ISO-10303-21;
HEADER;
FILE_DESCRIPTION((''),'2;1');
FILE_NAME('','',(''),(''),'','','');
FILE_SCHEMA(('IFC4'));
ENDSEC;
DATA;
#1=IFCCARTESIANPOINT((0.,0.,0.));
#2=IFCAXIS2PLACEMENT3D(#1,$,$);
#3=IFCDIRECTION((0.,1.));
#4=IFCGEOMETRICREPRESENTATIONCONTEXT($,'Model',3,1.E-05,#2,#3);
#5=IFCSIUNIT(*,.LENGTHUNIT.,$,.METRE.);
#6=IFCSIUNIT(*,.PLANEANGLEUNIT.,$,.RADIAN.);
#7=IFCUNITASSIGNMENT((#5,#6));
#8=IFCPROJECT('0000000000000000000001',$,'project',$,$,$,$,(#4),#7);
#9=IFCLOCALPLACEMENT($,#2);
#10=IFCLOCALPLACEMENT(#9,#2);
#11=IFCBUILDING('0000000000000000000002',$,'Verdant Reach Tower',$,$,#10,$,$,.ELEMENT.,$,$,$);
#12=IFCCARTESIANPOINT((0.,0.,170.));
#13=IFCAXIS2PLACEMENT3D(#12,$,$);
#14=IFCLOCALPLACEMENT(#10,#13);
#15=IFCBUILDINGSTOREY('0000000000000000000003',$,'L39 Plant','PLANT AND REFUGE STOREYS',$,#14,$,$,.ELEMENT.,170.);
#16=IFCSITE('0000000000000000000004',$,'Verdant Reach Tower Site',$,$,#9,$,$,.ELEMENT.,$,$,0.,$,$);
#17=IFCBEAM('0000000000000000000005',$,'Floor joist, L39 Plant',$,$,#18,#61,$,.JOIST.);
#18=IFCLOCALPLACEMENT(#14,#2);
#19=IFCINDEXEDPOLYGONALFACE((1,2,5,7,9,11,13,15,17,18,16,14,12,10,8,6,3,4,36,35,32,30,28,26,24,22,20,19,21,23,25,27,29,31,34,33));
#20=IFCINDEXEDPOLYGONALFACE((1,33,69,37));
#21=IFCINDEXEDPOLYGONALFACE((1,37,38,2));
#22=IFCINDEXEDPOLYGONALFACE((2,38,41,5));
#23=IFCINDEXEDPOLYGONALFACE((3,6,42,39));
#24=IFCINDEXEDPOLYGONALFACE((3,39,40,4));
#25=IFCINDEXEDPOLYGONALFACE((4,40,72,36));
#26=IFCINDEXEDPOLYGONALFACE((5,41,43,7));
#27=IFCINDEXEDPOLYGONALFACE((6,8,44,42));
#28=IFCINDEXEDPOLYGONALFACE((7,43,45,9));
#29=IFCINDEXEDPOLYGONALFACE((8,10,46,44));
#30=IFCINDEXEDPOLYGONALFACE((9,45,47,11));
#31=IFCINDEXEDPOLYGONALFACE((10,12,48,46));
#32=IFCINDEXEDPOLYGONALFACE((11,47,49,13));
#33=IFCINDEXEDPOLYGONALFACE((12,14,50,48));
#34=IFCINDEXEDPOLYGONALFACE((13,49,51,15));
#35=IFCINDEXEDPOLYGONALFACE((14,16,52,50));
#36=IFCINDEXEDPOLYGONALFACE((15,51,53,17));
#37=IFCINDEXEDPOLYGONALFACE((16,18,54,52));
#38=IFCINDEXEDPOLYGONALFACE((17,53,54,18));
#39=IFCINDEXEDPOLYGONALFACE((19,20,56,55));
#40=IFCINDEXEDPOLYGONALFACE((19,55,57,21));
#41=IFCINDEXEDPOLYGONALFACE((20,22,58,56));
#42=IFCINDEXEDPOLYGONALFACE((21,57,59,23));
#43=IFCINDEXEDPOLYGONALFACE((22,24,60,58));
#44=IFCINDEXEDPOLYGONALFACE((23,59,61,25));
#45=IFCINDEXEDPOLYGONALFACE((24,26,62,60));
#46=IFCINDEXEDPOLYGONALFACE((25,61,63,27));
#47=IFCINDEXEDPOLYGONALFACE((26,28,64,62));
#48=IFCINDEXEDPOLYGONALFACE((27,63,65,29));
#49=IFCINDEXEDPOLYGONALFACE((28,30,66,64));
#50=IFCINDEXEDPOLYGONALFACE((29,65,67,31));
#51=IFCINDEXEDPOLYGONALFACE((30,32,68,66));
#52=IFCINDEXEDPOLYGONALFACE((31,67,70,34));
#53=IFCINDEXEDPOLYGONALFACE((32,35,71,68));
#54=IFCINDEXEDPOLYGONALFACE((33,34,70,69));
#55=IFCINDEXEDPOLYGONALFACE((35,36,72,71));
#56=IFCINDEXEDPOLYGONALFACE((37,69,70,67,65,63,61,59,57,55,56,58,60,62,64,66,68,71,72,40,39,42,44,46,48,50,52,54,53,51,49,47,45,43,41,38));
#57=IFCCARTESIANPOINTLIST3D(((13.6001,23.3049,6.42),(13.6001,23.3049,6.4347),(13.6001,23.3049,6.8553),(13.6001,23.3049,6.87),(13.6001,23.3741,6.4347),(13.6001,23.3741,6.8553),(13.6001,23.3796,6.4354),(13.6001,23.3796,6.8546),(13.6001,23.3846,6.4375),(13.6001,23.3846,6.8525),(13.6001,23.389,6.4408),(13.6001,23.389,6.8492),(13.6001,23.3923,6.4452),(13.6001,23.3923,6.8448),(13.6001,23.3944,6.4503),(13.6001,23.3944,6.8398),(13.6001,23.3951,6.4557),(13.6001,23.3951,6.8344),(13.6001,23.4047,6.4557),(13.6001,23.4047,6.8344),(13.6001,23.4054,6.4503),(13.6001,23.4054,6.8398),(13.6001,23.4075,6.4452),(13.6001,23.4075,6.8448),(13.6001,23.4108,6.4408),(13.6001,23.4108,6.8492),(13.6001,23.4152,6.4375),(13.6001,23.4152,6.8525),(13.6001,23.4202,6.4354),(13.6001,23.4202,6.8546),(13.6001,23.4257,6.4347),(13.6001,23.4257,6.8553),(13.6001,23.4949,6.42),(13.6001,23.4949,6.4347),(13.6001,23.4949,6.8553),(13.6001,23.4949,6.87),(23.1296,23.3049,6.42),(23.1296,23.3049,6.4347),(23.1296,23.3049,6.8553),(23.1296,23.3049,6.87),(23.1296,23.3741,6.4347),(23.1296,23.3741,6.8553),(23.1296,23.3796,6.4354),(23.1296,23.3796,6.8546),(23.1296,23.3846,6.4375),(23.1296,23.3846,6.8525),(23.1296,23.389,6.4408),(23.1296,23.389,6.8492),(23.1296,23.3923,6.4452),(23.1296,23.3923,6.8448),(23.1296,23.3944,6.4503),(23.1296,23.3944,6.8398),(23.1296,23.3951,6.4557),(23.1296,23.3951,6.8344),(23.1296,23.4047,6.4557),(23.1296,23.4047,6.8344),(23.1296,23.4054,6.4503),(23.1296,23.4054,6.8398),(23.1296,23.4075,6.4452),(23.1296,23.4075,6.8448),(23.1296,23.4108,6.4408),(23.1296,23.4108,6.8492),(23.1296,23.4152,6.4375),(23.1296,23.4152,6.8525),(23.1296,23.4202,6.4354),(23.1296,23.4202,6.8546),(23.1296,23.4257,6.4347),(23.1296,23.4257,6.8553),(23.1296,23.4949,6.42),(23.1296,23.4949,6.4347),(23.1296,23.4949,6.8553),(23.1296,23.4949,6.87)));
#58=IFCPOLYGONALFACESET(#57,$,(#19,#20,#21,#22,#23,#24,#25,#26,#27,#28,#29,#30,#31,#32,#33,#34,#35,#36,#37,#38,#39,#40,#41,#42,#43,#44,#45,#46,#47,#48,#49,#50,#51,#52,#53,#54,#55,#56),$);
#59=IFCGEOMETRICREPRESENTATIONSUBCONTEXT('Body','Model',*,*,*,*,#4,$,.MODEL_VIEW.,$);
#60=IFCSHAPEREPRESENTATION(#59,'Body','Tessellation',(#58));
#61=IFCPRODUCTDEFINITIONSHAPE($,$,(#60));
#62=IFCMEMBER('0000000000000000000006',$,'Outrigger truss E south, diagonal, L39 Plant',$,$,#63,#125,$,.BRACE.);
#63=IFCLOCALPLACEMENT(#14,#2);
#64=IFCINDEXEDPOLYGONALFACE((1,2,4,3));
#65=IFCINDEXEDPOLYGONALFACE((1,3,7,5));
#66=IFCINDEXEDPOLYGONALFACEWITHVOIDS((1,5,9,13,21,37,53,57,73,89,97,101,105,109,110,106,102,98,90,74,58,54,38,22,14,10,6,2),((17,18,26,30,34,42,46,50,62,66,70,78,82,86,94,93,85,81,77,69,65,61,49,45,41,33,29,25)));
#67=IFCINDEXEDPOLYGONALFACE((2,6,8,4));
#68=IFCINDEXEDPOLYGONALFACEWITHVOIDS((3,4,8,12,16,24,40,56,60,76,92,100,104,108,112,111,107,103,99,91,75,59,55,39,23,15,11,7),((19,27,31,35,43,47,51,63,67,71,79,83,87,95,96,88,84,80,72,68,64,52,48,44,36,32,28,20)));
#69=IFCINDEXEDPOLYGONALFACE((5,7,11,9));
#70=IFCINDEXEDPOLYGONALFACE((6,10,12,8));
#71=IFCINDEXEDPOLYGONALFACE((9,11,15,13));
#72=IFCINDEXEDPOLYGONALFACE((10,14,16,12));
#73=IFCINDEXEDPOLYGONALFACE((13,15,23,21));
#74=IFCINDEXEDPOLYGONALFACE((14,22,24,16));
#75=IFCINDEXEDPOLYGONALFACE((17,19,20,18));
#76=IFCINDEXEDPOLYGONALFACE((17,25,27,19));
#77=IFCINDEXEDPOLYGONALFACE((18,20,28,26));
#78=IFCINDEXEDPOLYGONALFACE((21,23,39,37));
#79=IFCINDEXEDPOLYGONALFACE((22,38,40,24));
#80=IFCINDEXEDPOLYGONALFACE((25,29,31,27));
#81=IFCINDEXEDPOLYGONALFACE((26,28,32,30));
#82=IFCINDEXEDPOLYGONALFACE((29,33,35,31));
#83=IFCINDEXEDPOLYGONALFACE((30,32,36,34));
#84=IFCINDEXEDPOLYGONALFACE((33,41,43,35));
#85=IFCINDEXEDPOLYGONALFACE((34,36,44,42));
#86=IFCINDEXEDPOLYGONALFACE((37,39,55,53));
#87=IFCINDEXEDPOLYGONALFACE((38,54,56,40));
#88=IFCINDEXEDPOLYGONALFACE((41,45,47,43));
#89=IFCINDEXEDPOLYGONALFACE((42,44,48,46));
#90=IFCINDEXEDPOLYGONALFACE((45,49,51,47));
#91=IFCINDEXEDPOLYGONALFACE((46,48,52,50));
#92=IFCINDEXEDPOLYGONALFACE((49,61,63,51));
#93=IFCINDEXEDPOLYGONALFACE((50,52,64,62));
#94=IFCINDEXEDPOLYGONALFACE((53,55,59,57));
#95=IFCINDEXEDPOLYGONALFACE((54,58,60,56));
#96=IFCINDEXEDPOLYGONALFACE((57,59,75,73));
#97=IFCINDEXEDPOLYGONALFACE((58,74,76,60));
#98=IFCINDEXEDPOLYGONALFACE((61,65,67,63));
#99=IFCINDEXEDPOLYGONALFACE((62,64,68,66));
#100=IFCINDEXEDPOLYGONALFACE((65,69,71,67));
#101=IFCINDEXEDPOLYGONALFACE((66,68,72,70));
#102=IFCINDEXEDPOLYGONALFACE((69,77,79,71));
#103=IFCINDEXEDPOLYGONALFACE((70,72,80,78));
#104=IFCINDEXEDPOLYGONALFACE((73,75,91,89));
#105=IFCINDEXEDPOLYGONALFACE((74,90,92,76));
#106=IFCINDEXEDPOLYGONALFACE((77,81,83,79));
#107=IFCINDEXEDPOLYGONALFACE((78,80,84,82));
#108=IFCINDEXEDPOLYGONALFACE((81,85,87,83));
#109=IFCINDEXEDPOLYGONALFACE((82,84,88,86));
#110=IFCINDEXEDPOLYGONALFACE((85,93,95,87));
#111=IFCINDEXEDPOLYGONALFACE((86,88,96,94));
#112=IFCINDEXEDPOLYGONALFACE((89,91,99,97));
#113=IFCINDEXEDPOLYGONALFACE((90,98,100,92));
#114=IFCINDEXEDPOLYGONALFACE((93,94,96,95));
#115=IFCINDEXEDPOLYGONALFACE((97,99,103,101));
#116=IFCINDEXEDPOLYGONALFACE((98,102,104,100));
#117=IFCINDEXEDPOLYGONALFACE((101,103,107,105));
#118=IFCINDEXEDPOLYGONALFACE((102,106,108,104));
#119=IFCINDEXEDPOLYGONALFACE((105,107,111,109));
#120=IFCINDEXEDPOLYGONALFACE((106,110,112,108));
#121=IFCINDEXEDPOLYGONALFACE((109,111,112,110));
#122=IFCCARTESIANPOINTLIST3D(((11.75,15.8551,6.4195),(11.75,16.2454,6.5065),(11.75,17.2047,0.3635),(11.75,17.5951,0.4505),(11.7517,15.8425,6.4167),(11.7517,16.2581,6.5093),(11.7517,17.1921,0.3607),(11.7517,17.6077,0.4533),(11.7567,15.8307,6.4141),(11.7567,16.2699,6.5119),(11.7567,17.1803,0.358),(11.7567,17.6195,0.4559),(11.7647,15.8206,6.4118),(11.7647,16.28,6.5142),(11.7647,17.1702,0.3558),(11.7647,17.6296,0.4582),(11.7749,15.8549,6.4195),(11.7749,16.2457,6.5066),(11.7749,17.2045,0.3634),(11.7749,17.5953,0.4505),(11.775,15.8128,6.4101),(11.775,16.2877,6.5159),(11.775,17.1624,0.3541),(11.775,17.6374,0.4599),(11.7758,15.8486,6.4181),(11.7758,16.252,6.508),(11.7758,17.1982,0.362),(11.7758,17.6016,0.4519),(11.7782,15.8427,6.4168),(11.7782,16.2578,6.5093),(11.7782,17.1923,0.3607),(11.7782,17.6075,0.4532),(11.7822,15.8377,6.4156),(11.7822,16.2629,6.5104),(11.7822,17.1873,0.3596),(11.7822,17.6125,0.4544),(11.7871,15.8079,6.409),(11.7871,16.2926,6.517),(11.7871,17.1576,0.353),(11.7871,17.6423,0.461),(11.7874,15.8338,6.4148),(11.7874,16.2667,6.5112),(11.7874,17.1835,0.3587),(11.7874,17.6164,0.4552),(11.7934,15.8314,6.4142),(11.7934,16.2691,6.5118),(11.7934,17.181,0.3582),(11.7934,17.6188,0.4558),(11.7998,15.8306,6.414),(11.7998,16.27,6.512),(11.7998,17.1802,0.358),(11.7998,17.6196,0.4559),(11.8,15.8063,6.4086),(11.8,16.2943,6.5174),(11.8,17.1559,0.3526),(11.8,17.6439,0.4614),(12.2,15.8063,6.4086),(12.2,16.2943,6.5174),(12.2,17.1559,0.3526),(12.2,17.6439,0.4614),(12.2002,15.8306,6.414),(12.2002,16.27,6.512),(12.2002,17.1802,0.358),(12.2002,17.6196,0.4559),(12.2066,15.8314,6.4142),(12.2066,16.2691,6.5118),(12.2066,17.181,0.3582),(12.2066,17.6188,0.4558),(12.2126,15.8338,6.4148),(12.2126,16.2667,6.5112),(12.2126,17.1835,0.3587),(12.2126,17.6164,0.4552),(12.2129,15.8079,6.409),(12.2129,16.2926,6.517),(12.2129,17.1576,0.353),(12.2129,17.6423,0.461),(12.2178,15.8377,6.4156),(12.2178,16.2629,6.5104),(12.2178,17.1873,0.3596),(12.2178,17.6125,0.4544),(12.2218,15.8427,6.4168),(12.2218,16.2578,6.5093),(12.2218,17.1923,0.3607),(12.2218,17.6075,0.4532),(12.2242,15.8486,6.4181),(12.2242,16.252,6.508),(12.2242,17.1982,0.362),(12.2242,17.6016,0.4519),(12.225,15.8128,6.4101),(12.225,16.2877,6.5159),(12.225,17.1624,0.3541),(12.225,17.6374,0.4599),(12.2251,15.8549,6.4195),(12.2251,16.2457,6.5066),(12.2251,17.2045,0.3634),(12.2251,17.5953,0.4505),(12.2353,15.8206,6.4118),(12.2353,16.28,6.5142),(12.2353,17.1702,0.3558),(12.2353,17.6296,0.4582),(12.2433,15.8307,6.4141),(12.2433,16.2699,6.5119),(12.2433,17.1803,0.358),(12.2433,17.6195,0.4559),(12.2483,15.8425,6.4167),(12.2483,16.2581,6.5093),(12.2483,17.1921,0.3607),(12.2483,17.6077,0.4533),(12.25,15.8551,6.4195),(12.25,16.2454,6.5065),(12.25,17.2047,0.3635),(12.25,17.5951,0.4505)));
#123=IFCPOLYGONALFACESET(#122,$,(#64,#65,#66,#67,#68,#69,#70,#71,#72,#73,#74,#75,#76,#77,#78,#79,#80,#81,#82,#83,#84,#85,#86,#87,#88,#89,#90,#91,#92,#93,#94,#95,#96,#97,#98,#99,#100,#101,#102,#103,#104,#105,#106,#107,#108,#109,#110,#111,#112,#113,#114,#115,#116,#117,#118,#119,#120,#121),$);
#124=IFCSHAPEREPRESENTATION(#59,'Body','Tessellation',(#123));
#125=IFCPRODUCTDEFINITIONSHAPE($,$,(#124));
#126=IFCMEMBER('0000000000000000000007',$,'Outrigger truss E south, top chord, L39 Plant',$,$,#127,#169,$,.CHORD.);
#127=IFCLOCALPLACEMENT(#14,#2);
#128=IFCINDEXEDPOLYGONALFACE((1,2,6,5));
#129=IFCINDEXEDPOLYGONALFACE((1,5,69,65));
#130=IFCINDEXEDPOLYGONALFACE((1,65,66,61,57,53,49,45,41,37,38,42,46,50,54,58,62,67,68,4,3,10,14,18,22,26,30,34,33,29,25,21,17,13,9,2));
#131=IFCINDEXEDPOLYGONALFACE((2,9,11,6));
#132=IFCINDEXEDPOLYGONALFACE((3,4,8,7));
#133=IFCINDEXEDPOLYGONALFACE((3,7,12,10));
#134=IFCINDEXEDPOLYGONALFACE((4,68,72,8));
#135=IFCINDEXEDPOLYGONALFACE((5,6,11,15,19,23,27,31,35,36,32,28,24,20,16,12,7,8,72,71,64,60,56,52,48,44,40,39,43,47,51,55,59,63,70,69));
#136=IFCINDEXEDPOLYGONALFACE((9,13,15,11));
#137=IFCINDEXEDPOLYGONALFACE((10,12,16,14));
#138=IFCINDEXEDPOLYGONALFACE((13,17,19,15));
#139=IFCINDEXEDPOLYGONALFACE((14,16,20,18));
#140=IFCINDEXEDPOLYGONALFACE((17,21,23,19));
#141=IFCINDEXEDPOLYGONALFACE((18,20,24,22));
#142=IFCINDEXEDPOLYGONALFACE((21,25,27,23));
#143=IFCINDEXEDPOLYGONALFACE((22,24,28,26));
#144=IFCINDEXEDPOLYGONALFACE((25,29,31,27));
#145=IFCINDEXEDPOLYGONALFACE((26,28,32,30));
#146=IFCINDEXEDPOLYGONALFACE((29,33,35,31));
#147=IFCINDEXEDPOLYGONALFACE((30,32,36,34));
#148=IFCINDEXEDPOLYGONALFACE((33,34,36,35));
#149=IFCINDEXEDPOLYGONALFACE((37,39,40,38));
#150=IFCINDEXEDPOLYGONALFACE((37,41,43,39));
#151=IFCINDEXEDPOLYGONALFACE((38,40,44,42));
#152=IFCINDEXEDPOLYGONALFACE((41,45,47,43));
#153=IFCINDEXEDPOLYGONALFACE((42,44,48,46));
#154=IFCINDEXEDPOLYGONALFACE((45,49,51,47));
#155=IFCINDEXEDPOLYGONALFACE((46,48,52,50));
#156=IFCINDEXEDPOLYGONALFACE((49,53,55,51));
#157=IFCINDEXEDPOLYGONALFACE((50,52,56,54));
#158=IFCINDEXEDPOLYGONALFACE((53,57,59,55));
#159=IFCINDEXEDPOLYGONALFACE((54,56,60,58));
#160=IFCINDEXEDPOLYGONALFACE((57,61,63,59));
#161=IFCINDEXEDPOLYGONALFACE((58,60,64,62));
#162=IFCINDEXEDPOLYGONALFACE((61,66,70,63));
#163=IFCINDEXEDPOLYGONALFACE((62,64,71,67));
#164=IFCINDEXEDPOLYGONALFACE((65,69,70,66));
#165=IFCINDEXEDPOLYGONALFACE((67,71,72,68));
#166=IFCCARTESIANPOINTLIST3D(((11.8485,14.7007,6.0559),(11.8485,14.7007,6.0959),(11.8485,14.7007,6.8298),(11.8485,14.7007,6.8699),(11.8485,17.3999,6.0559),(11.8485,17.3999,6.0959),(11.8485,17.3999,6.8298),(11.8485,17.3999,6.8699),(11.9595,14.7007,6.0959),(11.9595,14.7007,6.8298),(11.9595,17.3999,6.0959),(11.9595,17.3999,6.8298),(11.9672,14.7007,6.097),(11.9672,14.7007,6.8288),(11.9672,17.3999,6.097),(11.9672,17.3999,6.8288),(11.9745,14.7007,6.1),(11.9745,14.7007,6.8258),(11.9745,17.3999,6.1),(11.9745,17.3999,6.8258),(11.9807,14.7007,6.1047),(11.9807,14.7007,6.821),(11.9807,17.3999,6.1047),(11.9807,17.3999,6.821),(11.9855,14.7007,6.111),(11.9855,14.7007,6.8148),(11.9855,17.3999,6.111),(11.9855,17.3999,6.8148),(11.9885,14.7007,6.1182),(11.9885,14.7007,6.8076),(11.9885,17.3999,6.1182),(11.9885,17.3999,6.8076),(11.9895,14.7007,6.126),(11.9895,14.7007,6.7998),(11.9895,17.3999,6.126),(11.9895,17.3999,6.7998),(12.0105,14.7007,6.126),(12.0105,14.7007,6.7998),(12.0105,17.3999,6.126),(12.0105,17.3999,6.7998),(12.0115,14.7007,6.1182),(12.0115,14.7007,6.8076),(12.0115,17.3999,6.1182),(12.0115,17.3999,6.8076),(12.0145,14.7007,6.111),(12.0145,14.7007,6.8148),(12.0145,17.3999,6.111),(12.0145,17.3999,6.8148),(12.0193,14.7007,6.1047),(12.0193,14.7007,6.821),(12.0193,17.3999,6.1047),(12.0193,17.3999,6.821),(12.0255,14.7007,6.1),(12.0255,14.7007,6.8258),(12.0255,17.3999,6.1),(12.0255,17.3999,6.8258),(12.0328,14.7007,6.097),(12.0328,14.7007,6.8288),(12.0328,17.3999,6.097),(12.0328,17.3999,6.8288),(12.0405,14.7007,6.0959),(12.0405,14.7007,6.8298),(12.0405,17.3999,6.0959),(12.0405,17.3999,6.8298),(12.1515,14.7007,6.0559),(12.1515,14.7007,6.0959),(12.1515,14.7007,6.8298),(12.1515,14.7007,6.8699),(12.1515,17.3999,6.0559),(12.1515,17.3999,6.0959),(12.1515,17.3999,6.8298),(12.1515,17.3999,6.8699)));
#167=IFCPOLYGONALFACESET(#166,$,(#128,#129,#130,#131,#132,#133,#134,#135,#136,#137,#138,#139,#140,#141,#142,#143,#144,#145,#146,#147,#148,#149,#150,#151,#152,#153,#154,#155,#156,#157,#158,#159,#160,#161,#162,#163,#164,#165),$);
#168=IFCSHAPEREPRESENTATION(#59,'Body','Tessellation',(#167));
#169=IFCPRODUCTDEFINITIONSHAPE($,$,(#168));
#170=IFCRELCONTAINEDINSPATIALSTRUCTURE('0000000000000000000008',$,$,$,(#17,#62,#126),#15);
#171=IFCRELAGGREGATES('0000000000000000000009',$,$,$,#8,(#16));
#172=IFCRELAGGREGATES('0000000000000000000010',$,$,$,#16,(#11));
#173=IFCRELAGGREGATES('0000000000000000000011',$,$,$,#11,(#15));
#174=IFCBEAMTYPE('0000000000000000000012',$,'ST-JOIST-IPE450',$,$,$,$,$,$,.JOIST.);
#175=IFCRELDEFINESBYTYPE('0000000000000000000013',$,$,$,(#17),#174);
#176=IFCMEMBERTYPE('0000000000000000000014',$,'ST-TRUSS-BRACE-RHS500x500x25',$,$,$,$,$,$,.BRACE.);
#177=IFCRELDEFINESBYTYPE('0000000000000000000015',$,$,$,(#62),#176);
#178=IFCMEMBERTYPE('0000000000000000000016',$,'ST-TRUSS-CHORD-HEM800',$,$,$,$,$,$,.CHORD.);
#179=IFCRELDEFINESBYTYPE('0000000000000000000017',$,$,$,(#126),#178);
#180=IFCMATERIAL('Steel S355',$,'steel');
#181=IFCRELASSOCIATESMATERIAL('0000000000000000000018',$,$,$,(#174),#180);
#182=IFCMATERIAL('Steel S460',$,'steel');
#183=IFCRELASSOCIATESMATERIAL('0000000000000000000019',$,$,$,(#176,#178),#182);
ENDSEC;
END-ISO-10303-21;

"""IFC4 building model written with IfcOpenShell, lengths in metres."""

from ifc_helpers import new_model, si_unit, direction, frame, origin, origin_2d, place, context, subcontext, project, spatial, hollow_rectangle, i_section, extrude, material, material_profile, profile_set, type_object, element, save


model = new_model("IFC4")

# Units and contexts
model_context = context("Model", 3, precision=1e-05, world=origin(), true_north=direction((0.0, 1.0)))
body_context = subcontext(model_context, "Body", "Model", "MODEL_VIEW")
ifc_project = project(units=[si_unit("LENGTHUNIT", "METRE"), si_unit("PLANEANGLEUNIT", "RADIAN")], contexts=[model_context])

# Site, building, storey
site_placement = place(None, origin())
site = spatial("IfcSite", under=ifc_project, at=site_placement, Name="Verdant Reach Tower Site", CompositionType="ELEMENT", RefElevation=0.0)
building_placement = place(site_placement, origin())
building = spatial("IfcBuilding", under=site, at=building_placement, Name="Verdant Reach Tower", CompositionType="ELEMENT")
storey_placement = place(building_placement, frame((0.0, 0.0, 170.0)))
storey = spatial("IfcBuildingStorey", under=building, at=storey_placement, Name="L39 Plant", Description="PLANT AND REFUGE STOREYS", CompositionType="ELEMENT", Elevation=170.0)

# Beam
ifc_material_1 = material(Name="Steel S355", Category="steel")
ifc_material_profile_1 = material_profile(ifc_material_1, i_section(OverallWidth=0.1899, OverallDepth=0.45, WebThickness=0.0095, FlangeThickness=0.0146, FilletRadius=0.021, at=origin_2d()), Name="IPE 450")
ifc_profile_set_1 = profile_set([ifc_material_profile_1], Name="Steel S355")
beam_type_1 = type_object("IfcBeamType", Name="ST-JOIST-IPE450", PredefinedType="JOIST", material=ifc_profile_set_1)
beam_1_placement = place(storey_placement, frame((13.6001, 23.3999, 6.645), z_axis=(1.0, 0.0, 0.0), x_axis=(0.0, 1.0, 0.0)))
element("IfcBeam", 1, at=beam_1_placement, inside=storey, type_object=beam_type_1, Name="Floor joist, L39 Plant", PredefinedType="JOIST", context=body_context, shape_type="SweptSolid", body=[
    extrude(i_section(OverallWidth=0.1899, OverallDepth=0.45, WebThickness=0.0095, FlangeThickness=0.0146, FilletRadius=0.021, at=origin_2d()), origin(), (0.0, 0.0, 1.0), 9.5295),
])

# Members
ifc_material_2 = material(Name="Steel S460", Category="steel")
ifc_material_profile_2 = material_profile(ifc_material_2, hollow_rectangle(XDim=0.5, YDim=0.5, WallThickness=0.0249, InnerFilletRadius=0.0249, OuterFilletRadius=0.05, at=origin_2d()), Name="RHS 500x500x25")
ifc_profile_set_2 = profile_set([ifc_material_profile_2], Name="Steel S460")
member_type_1 = type_object("IfcMemberType", Name="ST-TRUSS-BRACE-RHS500x500x25", PredefinedType="BRACE", material=ifc_profile_set_2)
member_1_placement = place(storey_placement, frame((12.0, 17.3999, 0.407), z_axis=(0.0, -0.217522, 0.976055), x_axis=(1.0, 0.0, 0.0)))
element("IfcMember", 2, at=member_1_placement, inside=storey, type_object=member_type_1, Name="Outrigger truss E south, diagonal, L39 Plant", PredefinedType="BRACE", context=body_context, shape_type="SweptSolid", body=[
    extrude(hollow_rectangle(XDim=0.5, YDim=0.5, WallThickness=0.0249, InnerFilletRadius=0.0249, OuterFilletRadius=0.05, at=origin_2d()), origin(), (0.0, 0.0, 1.0), 6.2046),
])
ifc_material_profile_3 = material_profile(ifc_material_2, i_section(OverallWidth=0.303, OverallDepth=0.814, WebThickness=0.021, FlangeThickness=0.04, FilletRadius=0.03, at=origin_2d()), Name="HEM 800")
ifc_profile_set_3 = profile_set([ifc_material_profile_3], Name="Steel S460")
member_type_2 = type_object("IfcMemberType", Name="ST-TRUSS-CHORD-HEM800", PredefinedType="CHORD", material=ifc_profile_set_3)
member_2_placement = place(storey_placement, frame((12.0, 17.3999, 6.4629), z_axis=(0.0, -1.0, 0.0), x_axis=(1.0, 0.0, 0.0)))
element("IfcMember", 3, at=member_2_placement, inside=storey, type_object=member_type_2, Name="Outrigger truss E south, top chord, L39 Plant", PredefinedType="CHORD", context=body_context, shape_type="SweptSolid", body=[
    extrude(i_section(OverallWidth=0.303, OverallDepth=0.814, WebThickness=0.021, FlangeThickness=0.04, FilletRadius=0.03, at=origin_2d()), origin(), (0.0, 0.0, 1.0), 2.6992),
])

save(model, "model.ifc")
